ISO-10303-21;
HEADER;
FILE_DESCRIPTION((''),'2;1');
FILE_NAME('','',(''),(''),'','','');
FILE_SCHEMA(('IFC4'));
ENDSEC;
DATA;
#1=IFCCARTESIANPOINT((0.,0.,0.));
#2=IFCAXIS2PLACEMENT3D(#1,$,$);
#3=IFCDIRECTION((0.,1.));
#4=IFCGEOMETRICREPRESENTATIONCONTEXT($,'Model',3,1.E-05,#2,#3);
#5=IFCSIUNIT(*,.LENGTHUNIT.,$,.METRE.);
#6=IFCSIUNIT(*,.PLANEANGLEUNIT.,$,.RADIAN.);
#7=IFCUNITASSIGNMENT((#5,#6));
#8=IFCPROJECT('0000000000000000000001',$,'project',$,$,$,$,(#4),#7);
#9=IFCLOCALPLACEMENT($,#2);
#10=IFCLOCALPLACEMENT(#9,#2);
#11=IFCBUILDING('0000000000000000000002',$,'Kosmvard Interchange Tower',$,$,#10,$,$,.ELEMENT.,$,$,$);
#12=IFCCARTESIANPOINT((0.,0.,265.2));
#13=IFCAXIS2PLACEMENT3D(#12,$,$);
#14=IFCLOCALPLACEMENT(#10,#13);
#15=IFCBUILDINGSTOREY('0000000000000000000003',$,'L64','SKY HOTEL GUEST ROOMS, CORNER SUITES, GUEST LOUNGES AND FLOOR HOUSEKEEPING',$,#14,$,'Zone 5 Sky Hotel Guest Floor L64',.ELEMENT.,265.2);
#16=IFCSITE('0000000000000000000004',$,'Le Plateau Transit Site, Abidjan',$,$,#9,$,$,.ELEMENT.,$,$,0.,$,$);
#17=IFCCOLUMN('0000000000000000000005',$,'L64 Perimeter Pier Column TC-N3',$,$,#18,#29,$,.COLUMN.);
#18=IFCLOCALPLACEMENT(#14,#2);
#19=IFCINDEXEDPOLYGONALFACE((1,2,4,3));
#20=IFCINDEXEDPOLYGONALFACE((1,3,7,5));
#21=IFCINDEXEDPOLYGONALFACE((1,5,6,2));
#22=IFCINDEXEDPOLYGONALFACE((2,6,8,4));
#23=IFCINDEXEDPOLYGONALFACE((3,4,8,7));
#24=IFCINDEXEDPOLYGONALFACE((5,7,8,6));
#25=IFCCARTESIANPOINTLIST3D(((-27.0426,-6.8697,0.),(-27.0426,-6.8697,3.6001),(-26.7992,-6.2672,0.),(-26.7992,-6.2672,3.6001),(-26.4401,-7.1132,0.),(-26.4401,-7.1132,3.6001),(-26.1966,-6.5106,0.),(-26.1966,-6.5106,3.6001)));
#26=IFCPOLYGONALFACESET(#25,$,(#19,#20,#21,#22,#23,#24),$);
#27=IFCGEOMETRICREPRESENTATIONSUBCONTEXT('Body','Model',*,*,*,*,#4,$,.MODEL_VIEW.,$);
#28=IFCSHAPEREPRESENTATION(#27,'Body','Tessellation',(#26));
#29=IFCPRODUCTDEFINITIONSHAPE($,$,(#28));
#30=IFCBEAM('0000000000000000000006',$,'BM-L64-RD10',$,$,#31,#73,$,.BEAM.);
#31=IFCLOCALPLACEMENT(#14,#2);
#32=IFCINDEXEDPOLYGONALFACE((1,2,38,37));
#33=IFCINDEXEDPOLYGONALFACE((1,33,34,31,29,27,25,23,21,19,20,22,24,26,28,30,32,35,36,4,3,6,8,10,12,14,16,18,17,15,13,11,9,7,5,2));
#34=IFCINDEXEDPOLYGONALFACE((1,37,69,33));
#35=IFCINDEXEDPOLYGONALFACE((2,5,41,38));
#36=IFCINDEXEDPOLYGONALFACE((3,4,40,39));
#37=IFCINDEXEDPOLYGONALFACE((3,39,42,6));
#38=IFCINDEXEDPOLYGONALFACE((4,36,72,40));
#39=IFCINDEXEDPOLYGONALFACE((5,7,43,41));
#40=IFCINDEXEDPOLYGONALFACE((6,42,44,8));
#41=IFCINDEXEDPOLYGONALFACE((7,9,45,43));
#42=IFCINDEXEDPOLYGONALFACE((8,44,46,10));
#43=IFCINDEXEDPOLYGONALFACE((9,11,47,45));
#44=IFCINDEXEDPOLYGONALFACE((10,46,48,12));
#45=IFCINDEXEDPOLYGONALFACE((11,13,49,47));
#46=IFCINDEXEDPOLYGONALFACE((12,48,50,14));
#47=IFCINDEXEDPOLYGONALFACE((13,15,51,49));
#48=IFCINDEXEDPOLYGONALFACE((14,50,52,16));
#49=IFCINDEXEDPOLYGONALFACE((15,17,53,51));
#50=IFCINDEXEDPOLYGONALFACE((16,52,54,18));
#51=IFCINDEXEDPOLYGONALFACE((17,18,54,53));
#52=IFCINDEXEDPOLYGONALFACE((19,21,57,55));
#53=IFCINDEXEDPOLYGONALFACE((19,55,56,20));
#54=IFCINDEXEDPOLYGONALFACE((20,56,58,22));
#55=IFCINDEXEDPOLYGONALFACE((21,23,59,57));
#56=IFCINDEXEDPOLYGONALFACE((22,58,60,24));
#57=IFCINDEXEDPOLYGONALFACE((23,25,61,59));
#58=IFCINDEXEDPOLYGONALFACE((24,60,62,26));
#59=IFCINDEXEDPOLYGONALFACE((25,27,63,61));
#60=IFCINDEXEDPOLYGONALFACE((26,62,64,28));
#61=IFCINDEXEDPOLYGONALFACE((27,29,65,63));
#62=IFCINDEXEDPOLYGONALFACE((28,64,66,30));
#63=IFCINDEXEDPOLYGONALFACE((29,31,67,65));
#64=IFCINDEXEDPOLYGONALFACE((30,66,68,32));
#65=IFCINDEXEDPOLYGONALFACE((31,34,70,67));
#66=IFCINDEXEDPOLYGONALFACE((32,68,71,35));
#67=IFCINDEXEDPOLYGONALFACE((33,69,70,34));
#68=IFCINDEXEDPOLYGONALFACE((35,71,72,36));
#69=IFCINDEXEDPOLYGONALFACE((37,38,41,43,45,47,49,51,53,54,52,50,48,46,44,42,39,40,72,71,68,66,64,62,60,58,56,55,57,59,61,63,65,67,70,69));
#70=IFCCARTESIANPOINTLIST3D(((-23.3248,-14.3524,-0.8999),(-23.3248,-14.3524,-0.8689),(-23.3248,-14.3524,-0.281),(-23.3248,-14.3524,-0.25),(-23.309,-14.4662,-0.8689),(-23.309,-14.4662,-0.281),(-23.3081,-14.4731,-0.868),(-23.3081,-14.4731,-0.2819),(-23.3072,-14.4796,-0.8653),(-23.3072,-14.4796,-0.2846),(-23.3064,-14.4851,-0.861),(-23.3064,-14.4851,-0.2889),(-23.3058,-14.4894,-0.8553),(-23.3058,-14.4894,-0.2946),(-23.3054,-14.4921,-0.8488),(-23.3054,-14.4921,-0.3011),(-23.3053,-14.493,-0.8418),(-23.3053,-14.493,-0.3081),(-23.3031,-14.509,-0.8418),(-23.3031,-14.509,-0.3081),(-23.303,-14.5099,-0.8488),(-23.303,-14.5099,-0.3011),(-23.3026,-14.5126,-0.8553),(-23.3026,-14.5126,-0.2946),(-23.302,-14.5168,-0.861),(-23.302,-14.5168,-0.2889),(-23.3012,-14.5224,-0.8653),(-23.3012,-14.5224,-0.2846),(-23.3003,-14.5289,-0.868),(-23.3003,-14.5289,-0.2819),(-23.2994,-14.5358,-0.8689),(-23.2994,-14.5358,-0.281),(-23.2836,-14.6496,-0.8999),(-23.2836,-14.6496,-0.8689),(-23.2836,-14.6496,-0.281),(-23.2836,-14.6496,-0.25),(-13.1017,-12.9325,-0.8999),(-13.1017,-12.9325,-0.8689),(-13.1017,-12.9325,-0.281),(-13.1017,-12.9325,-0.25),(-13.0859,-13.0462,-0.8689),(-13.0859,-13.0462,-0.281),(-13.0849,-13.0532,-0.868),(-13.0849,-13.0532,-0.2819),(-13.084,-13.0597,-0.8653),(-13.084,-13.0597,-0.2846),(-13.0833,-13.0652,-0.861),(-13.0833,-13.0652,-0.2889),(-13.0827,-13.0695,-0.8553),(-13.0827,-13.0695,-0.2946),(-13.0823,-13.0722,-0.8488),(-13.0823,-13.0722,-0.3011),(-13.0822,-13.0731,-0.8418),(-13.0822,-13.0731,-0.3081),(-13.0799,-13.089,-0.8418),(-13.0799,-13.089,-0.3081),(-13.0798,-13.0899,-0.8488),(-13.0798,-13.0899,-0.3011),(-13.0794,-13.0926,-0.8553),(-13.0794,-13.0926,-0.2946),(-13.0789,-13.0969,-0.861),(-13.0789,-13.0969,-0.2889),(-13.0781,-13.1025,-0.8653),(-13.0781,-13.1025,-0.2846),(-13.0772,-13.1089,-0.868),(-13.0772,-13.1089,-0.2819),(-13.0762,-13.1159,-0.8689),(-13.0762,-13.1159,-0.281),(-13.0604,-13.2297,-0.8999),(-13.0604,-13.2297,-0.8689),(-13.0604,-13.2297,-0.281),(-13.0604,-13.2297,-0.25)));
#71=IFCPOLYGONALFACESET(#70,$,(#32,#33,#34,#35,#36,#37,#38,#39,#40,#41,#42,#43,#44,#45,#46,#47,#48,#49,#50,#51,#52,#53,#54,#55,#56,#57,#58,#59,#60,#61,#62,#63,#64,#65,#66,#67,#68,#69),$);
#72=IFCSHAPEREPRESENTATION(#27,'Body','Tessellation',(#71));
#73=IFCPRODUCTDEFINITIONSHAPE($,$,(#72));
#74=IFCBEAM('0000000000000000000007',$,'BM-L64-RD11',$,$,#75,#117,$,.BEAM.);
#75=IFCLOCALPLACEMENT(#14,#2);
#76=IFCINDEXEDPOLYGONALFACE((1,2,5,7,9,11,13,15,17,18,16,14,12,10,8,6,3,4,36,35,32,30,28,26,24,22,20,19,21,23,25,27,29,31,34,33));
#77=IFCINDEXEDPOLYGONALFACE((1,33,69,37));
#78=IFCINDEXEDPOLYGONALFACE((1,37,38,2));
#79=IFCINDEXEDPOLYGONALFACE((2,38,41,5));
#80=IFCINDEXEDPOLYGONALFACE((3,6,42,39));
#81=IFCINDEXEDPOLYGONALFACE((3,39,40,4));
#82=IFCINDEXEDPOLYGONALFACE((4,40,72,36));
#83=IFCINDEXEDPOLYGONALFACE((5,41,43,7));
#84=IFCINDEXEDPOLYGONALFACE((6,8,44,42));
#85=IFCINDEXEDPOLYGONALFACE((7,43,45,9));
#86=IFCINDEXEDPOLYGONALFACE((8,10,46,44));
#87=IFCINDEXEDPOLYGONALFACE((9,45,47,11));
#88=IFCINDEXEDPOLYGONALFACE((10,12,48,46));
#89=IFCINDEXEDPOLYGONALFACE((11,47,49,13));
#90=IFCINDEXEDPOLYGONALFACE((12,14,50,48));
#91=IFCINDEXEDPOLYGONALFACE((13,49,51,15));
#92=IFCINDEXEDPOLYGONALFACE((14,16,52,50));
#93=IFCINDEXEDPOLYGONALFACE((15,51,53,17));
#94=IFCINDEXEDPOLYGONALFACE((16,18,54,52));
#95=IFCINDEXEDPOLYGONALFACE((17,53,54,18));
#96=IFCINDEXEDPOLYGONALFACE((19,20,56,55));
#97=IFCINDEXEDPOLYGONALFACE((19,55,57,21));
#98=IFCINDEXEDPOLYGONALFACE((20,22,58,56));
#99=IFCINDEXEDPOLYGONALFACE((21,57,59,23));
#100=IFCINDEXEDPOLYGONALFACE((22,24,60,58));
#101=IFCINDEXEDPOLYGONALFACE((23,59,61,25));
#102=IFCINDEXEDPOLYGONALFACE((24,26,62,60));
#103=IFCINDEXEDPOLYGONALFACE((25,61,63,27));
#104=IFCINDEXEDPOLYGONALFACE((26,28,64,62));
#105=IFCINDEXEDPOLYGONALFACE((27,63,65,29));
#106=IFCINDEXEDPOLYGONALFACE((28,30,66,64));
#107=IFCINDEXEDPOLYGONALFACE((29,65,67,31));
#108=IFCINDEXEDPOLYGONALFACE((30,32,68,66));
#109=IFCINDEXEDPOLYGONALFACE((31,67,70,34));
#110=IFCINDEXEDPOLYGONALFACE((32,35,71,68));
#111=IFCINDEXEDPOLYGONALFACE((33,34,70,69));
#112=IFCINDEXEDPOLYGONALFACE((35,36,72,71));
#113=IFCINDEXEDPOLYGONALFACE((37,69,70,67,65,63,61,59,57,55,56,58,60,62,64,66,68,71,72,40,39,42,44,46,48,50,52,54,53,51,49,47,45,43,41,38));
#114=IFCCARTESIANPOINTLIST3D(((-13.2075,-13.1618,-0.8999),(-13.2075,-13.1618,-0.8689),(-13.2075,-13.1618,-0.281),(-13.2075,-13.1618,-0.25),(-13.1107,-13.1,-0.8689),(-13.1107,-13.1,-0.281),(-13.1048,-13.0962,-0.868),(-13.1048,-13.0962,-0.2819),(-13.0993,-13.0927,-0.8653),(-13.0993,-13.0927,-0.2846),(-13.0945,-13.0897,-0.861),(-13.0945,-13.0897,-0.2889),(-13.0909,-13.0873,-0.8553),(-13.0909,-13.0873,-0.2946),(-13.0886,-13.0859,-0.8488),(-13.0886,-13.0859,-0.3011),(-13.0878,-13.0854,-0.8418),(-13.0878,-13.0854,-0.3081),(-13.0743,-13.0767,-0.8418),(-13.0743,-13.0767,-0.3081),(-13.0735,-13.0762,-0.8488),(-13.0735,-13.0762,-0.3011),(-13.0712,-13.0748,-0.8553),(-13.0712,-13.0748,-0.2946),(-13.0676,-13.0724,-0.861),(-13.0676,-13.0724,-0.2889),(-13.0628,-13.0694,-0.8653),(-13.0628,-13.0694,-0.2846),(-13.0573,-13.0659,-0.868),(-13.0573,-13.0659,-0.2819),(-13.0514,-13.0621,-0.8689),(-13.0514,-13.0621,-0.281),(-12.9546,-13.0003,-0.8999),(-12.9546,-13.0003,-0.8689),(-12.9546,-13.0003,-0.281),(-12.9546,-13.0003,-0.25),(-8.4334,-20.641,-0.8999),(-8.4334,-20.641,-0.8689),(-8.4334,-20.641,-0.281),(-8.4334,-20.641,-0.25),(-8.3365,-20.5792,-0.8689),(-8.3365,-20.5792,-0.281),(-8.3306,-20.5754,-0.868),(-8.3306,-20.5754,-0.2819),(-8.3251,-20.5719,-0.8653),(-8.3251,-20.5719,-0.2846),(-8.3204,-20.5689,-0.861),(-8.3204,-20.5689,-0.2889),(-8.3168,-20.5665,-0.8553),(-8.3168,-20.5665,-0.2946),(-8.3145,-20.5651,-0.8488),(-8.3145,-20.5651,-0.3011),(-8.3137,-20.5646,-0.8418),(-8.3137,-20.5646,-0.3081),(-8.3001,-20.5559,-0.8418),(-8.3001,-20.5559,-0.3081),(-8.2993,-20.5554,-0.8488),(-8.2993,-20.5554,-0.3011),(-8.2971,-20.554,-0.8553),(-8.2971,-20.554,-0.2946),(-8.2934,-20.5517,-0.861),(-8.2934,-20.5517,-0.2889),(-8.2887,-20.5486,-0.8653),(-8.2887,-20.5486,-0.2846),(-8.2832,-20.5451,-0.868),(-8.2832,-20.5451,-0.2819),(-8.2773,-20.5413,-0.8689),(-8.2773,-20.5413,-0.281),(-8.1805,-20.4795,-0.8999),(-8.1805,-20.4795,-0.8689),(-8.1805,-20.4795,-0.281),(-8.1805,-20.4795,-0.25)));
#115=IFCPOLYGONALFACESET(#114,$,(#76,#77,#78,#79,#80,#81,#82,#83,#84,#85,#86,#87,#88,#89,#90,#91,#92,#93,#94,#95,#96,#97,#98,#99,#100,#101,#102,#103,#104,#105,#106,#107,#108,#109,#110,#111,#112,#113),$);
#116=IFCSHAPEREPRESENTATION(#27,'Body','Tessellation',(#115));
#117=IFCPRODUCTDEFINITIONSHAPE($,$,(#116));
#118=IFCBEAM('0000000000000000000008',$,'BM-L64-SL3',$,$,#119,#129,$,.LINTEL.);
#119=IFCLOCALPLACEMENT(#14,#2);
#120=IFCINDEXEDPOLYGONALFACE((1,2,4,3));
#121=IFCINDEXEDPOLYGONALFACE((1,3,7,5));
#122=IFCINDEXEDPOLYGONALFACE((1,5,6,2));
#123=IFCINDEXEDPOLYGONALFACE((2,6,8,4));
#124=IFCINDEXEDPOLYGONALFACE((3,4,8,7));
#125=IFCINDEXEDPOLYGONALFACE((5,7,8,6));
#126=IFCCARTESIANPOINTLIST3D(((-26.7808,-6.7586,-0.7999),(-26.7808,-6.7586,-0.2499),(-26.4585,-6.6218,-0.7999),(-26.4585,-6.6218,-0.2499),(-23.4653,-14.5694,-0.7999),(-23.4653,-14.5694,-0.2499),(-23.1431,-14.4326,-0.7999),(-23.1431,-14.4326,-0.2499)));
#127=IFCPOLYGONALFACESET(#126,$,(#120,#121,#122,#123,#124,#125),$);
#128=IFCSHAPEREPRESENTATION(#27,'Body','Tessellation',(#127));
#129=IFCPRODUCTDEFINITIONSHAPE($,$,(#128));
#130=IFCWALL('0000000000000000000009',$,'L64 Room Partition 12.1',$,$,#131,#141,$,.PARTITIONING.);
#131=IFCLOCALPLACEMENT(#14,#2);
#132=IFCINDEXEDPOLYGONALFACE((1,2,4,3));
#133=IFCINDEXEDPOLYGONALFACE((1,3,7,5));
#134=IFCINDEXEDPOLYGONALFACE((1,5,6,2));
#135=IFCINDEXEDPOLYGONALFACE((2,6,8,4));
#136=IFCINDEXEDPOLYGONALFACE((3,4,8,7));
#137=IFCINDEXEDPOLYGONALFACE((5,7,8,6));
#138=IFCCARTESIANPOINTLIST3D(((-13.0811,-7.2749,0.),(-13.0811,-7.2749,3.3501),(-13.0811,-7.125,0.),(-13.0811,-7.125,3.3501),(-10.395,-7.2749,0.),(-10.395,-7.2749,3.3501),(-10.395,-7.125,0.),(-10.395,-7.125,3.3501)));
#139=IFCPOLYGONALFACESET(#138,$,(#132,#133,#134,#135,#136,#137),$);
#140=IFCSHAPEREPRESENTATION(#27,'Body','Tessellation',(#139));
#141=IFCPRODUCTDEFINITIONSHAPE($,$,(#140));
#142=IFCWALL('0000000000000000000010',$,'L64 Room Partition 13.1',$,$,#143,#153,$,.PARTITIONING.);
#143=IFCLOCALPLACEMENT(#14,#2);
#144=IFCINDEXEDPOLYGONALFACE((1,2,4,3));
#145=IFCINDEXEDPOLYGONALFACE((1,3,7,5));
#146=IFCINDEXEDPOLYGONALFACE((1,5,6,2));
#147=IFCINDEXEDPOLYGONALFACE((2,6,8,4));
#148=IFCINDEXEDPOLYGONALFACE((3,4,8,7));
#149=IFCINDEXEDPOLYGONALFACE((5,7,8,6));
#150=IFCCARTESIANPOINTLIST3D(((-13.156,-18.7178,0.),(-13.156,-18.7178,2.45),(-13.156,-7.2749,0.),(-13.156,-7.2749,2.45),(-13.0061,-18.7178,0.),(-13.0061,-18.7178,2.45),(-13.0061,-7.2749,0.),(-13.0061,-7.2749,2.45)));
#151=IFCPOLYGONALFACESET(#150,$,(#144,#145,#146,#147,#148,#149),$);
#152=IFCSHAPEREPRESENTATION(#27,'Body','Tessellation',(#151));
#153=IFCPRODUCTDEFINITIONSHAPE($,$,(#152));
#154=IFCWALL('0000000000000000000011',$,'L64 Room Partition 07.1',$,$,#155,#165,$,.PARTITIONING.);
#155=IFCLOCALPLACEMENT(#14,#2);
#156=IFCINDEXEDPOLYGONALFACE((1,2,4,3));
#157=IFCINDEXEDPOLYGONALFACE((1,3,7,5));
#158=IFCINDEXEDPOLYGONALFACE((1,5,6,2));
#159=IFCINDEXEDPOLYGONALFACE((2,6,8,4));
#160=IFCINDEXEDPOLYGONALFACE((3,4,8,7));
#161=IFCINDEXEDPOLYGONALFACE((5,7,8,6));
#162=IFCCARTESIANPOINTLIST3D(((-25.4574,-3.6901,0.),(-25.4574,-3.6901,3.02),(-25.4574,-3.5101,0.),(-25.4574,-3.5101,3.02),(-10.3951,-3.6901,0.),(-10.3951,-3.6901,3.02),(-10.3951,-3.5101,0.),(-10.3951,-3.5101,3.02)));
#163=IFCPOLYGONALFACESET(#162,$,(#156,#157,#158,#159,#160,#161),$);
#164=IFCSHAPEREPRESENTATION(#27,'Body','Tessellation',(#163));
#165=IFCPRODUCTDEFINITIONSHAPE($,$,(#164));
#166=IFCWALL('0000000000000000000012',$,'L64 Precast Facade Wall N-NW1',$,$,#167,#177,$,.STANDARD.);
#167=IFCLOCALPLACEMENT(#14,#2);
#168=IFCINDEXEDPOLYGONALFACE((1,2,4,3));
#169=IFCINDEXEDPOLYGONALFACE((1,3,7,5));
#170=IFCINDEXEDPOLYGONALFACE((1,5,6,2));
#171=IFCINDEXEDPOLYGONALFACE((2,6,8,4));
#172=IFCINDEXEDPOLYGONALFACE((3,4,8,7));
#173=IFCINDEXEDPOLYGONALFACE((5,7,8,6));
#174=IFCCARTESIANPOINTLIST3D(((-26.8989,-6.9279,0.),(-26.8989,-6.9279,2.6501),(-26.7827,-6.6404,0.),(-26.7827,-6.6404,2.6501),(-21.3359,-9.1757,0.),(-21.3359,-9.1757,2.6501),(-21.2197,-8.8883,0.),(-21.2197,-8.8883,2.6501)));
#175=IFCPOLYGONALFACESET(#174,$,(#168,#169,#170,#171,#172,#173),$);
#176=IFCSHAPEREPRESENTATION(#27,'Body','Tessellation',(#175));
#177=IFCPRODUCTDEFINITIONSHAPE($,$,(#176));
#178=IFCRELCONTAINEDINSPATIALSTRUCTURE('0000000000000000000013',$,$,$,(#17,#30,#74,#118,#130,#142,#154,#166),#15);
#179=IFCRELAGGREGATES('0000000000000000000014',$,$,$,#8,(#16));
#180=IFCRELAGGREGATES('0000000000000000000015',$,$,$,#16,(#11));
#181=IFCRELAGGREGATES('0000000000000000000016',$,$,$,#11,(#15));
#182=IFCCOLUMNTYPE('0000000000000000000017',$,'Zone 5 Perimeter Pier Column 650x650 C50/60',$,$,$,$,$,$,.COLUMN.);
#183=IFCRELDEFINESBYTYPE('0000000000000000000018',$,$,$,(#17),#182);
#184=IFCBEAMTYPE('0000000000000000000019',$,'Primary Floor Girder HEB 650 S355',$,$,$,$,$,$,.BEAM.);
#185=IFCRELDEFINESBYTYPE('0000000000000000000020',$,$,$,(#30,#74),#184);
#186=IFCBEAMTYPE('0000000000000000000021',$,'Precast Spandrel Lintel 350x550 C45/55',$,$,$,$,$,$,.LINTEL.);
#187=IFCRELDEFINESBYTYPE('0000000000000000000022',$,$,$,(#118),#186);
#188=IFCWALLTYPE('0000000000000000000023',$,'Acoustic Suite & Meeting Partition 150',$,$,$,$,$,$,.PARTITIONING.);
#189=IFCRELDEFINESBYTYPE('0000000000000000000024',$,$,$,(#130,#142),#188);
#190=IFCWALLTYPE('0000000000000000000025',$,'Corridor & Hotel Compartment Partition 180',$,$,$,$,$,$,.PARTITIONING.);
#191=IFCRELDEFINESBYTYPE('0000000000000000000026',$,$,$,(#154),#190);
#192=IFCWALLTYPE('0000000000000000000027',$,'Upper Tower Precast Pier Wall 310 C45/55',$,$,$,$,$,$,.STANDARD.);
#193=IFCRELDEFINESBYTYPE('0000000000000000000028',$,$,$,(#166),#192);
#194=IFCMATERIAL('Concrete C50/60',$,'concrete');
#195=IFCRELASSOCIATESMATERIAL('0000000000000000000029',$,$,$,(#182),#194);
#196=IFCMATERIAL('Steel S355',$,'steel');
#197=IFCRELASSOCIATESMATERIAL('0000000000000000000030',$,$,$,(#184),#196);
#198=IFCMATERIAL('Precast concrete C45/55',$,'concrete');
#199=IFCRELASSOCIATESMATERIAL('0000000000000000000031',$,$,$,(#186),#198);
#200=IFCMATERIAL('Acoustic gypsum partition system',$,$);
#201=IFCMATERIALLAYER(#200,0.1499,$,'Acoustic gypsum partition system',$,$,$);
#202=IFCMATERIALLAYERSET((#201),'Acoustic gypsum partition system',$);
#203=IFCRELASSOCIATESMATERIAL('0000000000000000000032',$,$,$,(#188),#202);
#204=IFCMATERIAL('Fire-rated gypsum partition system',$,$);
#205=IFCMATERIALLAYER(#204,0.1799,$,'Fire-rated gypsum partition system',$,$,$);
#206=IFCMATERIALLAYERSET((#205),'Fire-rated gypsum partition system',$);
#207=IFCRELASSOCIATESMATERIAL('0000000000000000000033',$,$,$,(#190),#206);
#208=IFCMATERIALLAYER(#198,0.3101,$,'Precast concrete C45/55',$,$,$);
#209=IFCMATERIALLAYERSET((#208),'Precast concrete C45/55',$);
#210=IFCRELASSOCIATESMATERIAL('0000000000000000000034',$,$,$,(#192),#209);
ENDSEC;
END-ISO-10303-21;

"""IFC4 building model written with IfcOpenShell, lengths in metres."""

from ifc_helpers import new_model, si_unit, direction, frame, frame_2d, origin, origin_2d, place, context, subcontext, project, spatial, rectangle, i_section, extrude, source, transform, mapped, material, layer, layer_set, material_profile, profile_set, type_object, element, save


model = new_model("IFC4")

# Units and contexts
model_context = context("Model", 3, precision=1e-05, world=origin(), true_north=direction((0.0, 1.0)))
body_context = subcontext(model_context, "Body", "Model", "MODEL_VIEW")
ifc_project = project(units=[si_unit("LENGTHUNIT", "METRE"), si_unit("PLANEANGLEUNIT", "RADIAN")], contexts=[model_context])

# Site, building, storey
site_placement = place(None, origin())
site = spatial("IfcSite", under=ifc_project, at=site_placement, Name="Le Plateau Transit Site, Abidjan", CompositionType="ELEMENT", RefElevation=0.0)
building_placement = place(site_placement, origin())
building = spatial("IfcBuilding", under=site, at=building_placement, Name="Kosmvard Interchange Tower", CompositionType="ELEMENT")
storey_placement = place(building_placement, frame((0.0, 0.0, 265.2)))
storey = spatial("IfcBuildingStorey", under=building, at=storey_placement, Name="L64", Description="SKY HOTEL GUEST ROOMS, CORNER SUITES, GUEST LOUNGES AND FLOOR HOUSEKEEPING", LongName="Zone 5 Sky Hotel Guest Floor L64", CompositionType="ELEMENT", Elevation=265.2)

# Column
ifc_material_1 = material(Name="Concrete C50/60", Category="concrete")
ifc_material_profile_1 = material_profile(ifc_material_1, rectangle(XDim=0.6499, YDim=0.6499, at=origin_2d()), Name="TC 650x650")
ifc_profile_set_1 = profile_set([ifc_material_profile_1], Name="Concrete C50/60")
column_type = type_object("IfcColumnType", Name="Zone 5 Perimeter Pier Column 650x650 C50/60", PredefinedType="COLUMN", material=ifc_profile_set_1)
shared_shape_1 = source(origin(), body_context, "Body", "SweptSolid", [
    extrude(rectangle(XDim=0.6499, YDim=0.6499, at=origin_2d()), origin(), (0.0, 0.0, 1.0), 3.6001),
])
column_placement = place(storey_placement, frame((-26.6196, -6.6902, 0.0), z_axis=(0.0, 0.0, 1.0), x_axis=(0.374607, 0.927184, 0.0)))
element("IfcColumn", 1, at=column_placement, inside=storey, type_object=column_type, Name="L64 Perimeter Pier Column TC-N3", PredefinedType="COLUMN", context=body_context, shape_type="MappedRepresentation", body=[
    mapped(shared_shape_1, transform((0.0, 0.0, 0.0), scale=1.0)),
])

# Beams
ifc_material_2 = material(Name="Steel S355", Category="steel")
ifc_material_profile_2 = material_profile(ifc_material_2, i_section(OverallWidth=0.3, OverallDepth=0.6499, WebThickness=0.0161, FlangeThickness=0.031, FilletRadius=0.0271, at=origin_2d()), Name="HEB 650")
ifc_profile_set_2 = profile_set([ifc_material_profile_2], Name="Steel S355")
beam_type_1 = type_object("IfcBeamType", Name="Primary Floor Girder HEB 650 S355", PredefinedType="BEAM", material=ifc_profile_set_2)
shared_shape_2 = source(origin(), body_context, "Body", "SweptSolid", [
    extrude(i_section(OverallWidth=0.3, OverallDepth=0.6499, WebThickness=0.0161, FlangeThickness=0.031, FilletRadius=0.0271, at=origin_2d()), origin(), (0.0, 0.0, 1.0), 10.3213),
])
beam_1_placement = place(storey_placement, frame((-13.0811, -13.0811, -0.575), z_axis=(-0.990492, -0.137572, 0.0), x_axis=(0.137572, -0.990492, 0.0)))
element("IfcBeam", 2, at=beam_1_placement, inside=storey, type_object=beam_type_1, Name="BM-L64-RD10", PredefinedType="BEAM", context=body_context, shape_type="MappedRepresentation", body=[
    mapped(shared_shape_2, transform((0.0, 0.0, 0.0), scale=1.0)),
])
shared_shape_3 = source(origin(), body_context, "Body", "SweptSolid", [
    extrude(i_section(OverallWidth=0.3, OverallDepth=0.6499, WebThickness=0.0161, FlangeThickness=0.031, FilletRadius=0.0271, at=origin_2d()), origin(), (0.0, 0.0, 1.0), 8.873),
])
beam_2_placement = place(storey_placement, frame((-13.0811, -13.0811, -0.575), z_axis=(0.53805, -0.842913, 0.0), x_axis=(0.842913, 0.53805, 0.0)))
element("IfcBeam", 3, at=beam_2_placement, inside=storey, type_object=beam_type_1, Name="BM-L64-RD11", PredefinedType="BEAM", context=body_context, shape_type="MappedRepresentation", body=[
    mapped(shared_shape_3, transform((0.0, 0.0, 0.0), scale=1.0)),
])
ifc_material_3 = material(Name="Precast concrete C45/55", Category="concrete")
ifc_material_profile_3 = material_profile(ifc_material_3, rectangle(XDim=0.3501, YDim=0.55, at=origin_2d()), Name="SL 350x550")
ifc_profile_set_3 = profile_set([ifc_material_profile_3], Name="Precast concrete C45/55")
beam_type_2 = type_object("IfcBeamType", Name="Precast Spandrel Lintel 350x550 C45/55", PredefinedType="LINTEL", material=ifc_profile_set_3)
shared_shape_4 = source(origin(), body_context, "Body", "SweptSolid", [
    extrude(rectangle(XDim=0.3501, YDim=0.55, at=origin_2d()), origin(), (0.0, 0.0, 1.0), 8.4854),
])
beam_3_placement = place(storey_placement, frame((-26.6196, -6.6902, -0.5249), z_axis=(0.390726, -0.920507, 0.0), x_axis=(0.920507, 0.390726, 0.0)))
element("IfcBeam", 4, at=beam_3_placement, inside=storey, type_object=beam_type_2, Name="BM-L64-SL3", PredefinedType="LINTEL", context=body_context, shape_type="MappedRepresentation", body=[
    mapped(shared_shape_4, transform((0.0, 0.0, 0.0), scale=1.0)),
])

# Walls
ifc_material_4 = material(Name="Acoustic gypsum partition system")
ifc_layer_1 = layer(ifc_material_4, 0.1499, Name="Acoustic gypsum partition system")
ifc_layer_set_1 = layer_set([ifc_layer_1], Name="Acoustic gypsum partition system")
wall_type_1 = type_object("IfcWallType", Name="Acoustic Suite & Meeting Partition 150", PredefinedType="PARTITIONING", material=ifc_layer_set_1)
wall_1_placement = place(storey_placement, frame((-10.395, -7.2, 0.0), z_axis=(0.0, 0.0, 1.0), x_axis=(-1.0, 0.0, 0.0)))
element("IfcWall", 5, at=wall_1_placement, inside=storey, type_object=wall_type_1, Name="L64 Room Partition 12.1", PredefinedType="PARTITIONING", context=body_context, shape_type="SweptSolid", body=[
    extrude(rectangle(XDim=2.686, YDim=0.1499, at=frame_2d((1.343, 0.0))), origin(), (0.0, 0.0, 1.0), 3.3501),
])
wall_2_placement = place(storey_placement, frame((-13.0811, -7.2749, 0.0), z_axis=(0.0, 0.0, 1.0), x_axis=(0.0, -1.0, 0.0)))
element("IfcWall", 6, at=wall_2_placement, inside=storey, type_object=wall_type_1, Name="L64 Room Partition 13.1", PredefinedType="PARTITIONING", context=body_context, shape_type="SweptSolid", body=[
    extrude(rectangle(XDim=11.4429, YDim=0.1499, at=frame_2d((5.7214, 0.0))), origin(), (0.0, 0.0, 1.0), 2.45),
])
ifc_material_5 = material(Name="Fire-rated gypsum partition system")
ifc_layer_2 = layer(ifc_material_5, 0.1799, Name="Fire-rated gypsum partition system")
ifc_layer_set_2 = layer_set([ifc_layer_2], Name="Fire-rated gypsum partition system")
wall_type_2 = type_object("IfcWallType", Name="Corridor & Hotel Compartment Partition 180", PredefinedType="PARTITIONING", material=ifc_layer_set_2)
wall_3_placement = place(storey_placement, frame((-10.395, -3.6001, 0.0), z_axis=(0.0, 0.0, 1.0), x_axis=(-1.0, 0.0, 0.0)))
element("IfcWall", 7, at=wall_3_placement, inside=storey, type_object=wall_type_2, Name="L64 Room Partition 07.1", PredefinedType="PARTITIONING", context=body_context, shape_type="SweptSolid", body=[
    extrude(rectangle(XDim=15.0623, YDim=0.1799, at=frame_2d((7.5312, 0.0))), origin(), (0.0, 0.0, 1.0), 3.02),
])
ifc_layer_3 = layer(ifc_material_3, 0.3101, Name="Precast concrete C45/55")
ifc_layer_set_3 = layer_set([ifc_layer_3], Name="Precast concrete C45/55")
wall_type_3 = type_object("IfcWallType", Name="Upper Tower Precast Pier Wall 310 C45/55", PredefinedType="STANDARD", material=ifc_layer_set_3)
wall_4_placement = place(storey_placement, frame((-26.8408, -6.7842, 0.0), z_axis=(0.0, 0.0, 1.0), x_axis=(0.927172, -0.374637, 0.0)))
element("IfcWall", 8, at=wall_4_placement, inside=storey, type_object=wall_type_3, Name="L64 Precast Facade Wall N-NW1", PredefinedType="STANDARD", context=body_context, shape_type="SweptSolid", body=[
    extrude(rectangle(XDim=6.0, YDim=0.3101, at=frame_2d((3.0, 0.0))), origin(), (0.0, 0.0, 1.0), 2.6501),
])

save(model, "model.ifc")
